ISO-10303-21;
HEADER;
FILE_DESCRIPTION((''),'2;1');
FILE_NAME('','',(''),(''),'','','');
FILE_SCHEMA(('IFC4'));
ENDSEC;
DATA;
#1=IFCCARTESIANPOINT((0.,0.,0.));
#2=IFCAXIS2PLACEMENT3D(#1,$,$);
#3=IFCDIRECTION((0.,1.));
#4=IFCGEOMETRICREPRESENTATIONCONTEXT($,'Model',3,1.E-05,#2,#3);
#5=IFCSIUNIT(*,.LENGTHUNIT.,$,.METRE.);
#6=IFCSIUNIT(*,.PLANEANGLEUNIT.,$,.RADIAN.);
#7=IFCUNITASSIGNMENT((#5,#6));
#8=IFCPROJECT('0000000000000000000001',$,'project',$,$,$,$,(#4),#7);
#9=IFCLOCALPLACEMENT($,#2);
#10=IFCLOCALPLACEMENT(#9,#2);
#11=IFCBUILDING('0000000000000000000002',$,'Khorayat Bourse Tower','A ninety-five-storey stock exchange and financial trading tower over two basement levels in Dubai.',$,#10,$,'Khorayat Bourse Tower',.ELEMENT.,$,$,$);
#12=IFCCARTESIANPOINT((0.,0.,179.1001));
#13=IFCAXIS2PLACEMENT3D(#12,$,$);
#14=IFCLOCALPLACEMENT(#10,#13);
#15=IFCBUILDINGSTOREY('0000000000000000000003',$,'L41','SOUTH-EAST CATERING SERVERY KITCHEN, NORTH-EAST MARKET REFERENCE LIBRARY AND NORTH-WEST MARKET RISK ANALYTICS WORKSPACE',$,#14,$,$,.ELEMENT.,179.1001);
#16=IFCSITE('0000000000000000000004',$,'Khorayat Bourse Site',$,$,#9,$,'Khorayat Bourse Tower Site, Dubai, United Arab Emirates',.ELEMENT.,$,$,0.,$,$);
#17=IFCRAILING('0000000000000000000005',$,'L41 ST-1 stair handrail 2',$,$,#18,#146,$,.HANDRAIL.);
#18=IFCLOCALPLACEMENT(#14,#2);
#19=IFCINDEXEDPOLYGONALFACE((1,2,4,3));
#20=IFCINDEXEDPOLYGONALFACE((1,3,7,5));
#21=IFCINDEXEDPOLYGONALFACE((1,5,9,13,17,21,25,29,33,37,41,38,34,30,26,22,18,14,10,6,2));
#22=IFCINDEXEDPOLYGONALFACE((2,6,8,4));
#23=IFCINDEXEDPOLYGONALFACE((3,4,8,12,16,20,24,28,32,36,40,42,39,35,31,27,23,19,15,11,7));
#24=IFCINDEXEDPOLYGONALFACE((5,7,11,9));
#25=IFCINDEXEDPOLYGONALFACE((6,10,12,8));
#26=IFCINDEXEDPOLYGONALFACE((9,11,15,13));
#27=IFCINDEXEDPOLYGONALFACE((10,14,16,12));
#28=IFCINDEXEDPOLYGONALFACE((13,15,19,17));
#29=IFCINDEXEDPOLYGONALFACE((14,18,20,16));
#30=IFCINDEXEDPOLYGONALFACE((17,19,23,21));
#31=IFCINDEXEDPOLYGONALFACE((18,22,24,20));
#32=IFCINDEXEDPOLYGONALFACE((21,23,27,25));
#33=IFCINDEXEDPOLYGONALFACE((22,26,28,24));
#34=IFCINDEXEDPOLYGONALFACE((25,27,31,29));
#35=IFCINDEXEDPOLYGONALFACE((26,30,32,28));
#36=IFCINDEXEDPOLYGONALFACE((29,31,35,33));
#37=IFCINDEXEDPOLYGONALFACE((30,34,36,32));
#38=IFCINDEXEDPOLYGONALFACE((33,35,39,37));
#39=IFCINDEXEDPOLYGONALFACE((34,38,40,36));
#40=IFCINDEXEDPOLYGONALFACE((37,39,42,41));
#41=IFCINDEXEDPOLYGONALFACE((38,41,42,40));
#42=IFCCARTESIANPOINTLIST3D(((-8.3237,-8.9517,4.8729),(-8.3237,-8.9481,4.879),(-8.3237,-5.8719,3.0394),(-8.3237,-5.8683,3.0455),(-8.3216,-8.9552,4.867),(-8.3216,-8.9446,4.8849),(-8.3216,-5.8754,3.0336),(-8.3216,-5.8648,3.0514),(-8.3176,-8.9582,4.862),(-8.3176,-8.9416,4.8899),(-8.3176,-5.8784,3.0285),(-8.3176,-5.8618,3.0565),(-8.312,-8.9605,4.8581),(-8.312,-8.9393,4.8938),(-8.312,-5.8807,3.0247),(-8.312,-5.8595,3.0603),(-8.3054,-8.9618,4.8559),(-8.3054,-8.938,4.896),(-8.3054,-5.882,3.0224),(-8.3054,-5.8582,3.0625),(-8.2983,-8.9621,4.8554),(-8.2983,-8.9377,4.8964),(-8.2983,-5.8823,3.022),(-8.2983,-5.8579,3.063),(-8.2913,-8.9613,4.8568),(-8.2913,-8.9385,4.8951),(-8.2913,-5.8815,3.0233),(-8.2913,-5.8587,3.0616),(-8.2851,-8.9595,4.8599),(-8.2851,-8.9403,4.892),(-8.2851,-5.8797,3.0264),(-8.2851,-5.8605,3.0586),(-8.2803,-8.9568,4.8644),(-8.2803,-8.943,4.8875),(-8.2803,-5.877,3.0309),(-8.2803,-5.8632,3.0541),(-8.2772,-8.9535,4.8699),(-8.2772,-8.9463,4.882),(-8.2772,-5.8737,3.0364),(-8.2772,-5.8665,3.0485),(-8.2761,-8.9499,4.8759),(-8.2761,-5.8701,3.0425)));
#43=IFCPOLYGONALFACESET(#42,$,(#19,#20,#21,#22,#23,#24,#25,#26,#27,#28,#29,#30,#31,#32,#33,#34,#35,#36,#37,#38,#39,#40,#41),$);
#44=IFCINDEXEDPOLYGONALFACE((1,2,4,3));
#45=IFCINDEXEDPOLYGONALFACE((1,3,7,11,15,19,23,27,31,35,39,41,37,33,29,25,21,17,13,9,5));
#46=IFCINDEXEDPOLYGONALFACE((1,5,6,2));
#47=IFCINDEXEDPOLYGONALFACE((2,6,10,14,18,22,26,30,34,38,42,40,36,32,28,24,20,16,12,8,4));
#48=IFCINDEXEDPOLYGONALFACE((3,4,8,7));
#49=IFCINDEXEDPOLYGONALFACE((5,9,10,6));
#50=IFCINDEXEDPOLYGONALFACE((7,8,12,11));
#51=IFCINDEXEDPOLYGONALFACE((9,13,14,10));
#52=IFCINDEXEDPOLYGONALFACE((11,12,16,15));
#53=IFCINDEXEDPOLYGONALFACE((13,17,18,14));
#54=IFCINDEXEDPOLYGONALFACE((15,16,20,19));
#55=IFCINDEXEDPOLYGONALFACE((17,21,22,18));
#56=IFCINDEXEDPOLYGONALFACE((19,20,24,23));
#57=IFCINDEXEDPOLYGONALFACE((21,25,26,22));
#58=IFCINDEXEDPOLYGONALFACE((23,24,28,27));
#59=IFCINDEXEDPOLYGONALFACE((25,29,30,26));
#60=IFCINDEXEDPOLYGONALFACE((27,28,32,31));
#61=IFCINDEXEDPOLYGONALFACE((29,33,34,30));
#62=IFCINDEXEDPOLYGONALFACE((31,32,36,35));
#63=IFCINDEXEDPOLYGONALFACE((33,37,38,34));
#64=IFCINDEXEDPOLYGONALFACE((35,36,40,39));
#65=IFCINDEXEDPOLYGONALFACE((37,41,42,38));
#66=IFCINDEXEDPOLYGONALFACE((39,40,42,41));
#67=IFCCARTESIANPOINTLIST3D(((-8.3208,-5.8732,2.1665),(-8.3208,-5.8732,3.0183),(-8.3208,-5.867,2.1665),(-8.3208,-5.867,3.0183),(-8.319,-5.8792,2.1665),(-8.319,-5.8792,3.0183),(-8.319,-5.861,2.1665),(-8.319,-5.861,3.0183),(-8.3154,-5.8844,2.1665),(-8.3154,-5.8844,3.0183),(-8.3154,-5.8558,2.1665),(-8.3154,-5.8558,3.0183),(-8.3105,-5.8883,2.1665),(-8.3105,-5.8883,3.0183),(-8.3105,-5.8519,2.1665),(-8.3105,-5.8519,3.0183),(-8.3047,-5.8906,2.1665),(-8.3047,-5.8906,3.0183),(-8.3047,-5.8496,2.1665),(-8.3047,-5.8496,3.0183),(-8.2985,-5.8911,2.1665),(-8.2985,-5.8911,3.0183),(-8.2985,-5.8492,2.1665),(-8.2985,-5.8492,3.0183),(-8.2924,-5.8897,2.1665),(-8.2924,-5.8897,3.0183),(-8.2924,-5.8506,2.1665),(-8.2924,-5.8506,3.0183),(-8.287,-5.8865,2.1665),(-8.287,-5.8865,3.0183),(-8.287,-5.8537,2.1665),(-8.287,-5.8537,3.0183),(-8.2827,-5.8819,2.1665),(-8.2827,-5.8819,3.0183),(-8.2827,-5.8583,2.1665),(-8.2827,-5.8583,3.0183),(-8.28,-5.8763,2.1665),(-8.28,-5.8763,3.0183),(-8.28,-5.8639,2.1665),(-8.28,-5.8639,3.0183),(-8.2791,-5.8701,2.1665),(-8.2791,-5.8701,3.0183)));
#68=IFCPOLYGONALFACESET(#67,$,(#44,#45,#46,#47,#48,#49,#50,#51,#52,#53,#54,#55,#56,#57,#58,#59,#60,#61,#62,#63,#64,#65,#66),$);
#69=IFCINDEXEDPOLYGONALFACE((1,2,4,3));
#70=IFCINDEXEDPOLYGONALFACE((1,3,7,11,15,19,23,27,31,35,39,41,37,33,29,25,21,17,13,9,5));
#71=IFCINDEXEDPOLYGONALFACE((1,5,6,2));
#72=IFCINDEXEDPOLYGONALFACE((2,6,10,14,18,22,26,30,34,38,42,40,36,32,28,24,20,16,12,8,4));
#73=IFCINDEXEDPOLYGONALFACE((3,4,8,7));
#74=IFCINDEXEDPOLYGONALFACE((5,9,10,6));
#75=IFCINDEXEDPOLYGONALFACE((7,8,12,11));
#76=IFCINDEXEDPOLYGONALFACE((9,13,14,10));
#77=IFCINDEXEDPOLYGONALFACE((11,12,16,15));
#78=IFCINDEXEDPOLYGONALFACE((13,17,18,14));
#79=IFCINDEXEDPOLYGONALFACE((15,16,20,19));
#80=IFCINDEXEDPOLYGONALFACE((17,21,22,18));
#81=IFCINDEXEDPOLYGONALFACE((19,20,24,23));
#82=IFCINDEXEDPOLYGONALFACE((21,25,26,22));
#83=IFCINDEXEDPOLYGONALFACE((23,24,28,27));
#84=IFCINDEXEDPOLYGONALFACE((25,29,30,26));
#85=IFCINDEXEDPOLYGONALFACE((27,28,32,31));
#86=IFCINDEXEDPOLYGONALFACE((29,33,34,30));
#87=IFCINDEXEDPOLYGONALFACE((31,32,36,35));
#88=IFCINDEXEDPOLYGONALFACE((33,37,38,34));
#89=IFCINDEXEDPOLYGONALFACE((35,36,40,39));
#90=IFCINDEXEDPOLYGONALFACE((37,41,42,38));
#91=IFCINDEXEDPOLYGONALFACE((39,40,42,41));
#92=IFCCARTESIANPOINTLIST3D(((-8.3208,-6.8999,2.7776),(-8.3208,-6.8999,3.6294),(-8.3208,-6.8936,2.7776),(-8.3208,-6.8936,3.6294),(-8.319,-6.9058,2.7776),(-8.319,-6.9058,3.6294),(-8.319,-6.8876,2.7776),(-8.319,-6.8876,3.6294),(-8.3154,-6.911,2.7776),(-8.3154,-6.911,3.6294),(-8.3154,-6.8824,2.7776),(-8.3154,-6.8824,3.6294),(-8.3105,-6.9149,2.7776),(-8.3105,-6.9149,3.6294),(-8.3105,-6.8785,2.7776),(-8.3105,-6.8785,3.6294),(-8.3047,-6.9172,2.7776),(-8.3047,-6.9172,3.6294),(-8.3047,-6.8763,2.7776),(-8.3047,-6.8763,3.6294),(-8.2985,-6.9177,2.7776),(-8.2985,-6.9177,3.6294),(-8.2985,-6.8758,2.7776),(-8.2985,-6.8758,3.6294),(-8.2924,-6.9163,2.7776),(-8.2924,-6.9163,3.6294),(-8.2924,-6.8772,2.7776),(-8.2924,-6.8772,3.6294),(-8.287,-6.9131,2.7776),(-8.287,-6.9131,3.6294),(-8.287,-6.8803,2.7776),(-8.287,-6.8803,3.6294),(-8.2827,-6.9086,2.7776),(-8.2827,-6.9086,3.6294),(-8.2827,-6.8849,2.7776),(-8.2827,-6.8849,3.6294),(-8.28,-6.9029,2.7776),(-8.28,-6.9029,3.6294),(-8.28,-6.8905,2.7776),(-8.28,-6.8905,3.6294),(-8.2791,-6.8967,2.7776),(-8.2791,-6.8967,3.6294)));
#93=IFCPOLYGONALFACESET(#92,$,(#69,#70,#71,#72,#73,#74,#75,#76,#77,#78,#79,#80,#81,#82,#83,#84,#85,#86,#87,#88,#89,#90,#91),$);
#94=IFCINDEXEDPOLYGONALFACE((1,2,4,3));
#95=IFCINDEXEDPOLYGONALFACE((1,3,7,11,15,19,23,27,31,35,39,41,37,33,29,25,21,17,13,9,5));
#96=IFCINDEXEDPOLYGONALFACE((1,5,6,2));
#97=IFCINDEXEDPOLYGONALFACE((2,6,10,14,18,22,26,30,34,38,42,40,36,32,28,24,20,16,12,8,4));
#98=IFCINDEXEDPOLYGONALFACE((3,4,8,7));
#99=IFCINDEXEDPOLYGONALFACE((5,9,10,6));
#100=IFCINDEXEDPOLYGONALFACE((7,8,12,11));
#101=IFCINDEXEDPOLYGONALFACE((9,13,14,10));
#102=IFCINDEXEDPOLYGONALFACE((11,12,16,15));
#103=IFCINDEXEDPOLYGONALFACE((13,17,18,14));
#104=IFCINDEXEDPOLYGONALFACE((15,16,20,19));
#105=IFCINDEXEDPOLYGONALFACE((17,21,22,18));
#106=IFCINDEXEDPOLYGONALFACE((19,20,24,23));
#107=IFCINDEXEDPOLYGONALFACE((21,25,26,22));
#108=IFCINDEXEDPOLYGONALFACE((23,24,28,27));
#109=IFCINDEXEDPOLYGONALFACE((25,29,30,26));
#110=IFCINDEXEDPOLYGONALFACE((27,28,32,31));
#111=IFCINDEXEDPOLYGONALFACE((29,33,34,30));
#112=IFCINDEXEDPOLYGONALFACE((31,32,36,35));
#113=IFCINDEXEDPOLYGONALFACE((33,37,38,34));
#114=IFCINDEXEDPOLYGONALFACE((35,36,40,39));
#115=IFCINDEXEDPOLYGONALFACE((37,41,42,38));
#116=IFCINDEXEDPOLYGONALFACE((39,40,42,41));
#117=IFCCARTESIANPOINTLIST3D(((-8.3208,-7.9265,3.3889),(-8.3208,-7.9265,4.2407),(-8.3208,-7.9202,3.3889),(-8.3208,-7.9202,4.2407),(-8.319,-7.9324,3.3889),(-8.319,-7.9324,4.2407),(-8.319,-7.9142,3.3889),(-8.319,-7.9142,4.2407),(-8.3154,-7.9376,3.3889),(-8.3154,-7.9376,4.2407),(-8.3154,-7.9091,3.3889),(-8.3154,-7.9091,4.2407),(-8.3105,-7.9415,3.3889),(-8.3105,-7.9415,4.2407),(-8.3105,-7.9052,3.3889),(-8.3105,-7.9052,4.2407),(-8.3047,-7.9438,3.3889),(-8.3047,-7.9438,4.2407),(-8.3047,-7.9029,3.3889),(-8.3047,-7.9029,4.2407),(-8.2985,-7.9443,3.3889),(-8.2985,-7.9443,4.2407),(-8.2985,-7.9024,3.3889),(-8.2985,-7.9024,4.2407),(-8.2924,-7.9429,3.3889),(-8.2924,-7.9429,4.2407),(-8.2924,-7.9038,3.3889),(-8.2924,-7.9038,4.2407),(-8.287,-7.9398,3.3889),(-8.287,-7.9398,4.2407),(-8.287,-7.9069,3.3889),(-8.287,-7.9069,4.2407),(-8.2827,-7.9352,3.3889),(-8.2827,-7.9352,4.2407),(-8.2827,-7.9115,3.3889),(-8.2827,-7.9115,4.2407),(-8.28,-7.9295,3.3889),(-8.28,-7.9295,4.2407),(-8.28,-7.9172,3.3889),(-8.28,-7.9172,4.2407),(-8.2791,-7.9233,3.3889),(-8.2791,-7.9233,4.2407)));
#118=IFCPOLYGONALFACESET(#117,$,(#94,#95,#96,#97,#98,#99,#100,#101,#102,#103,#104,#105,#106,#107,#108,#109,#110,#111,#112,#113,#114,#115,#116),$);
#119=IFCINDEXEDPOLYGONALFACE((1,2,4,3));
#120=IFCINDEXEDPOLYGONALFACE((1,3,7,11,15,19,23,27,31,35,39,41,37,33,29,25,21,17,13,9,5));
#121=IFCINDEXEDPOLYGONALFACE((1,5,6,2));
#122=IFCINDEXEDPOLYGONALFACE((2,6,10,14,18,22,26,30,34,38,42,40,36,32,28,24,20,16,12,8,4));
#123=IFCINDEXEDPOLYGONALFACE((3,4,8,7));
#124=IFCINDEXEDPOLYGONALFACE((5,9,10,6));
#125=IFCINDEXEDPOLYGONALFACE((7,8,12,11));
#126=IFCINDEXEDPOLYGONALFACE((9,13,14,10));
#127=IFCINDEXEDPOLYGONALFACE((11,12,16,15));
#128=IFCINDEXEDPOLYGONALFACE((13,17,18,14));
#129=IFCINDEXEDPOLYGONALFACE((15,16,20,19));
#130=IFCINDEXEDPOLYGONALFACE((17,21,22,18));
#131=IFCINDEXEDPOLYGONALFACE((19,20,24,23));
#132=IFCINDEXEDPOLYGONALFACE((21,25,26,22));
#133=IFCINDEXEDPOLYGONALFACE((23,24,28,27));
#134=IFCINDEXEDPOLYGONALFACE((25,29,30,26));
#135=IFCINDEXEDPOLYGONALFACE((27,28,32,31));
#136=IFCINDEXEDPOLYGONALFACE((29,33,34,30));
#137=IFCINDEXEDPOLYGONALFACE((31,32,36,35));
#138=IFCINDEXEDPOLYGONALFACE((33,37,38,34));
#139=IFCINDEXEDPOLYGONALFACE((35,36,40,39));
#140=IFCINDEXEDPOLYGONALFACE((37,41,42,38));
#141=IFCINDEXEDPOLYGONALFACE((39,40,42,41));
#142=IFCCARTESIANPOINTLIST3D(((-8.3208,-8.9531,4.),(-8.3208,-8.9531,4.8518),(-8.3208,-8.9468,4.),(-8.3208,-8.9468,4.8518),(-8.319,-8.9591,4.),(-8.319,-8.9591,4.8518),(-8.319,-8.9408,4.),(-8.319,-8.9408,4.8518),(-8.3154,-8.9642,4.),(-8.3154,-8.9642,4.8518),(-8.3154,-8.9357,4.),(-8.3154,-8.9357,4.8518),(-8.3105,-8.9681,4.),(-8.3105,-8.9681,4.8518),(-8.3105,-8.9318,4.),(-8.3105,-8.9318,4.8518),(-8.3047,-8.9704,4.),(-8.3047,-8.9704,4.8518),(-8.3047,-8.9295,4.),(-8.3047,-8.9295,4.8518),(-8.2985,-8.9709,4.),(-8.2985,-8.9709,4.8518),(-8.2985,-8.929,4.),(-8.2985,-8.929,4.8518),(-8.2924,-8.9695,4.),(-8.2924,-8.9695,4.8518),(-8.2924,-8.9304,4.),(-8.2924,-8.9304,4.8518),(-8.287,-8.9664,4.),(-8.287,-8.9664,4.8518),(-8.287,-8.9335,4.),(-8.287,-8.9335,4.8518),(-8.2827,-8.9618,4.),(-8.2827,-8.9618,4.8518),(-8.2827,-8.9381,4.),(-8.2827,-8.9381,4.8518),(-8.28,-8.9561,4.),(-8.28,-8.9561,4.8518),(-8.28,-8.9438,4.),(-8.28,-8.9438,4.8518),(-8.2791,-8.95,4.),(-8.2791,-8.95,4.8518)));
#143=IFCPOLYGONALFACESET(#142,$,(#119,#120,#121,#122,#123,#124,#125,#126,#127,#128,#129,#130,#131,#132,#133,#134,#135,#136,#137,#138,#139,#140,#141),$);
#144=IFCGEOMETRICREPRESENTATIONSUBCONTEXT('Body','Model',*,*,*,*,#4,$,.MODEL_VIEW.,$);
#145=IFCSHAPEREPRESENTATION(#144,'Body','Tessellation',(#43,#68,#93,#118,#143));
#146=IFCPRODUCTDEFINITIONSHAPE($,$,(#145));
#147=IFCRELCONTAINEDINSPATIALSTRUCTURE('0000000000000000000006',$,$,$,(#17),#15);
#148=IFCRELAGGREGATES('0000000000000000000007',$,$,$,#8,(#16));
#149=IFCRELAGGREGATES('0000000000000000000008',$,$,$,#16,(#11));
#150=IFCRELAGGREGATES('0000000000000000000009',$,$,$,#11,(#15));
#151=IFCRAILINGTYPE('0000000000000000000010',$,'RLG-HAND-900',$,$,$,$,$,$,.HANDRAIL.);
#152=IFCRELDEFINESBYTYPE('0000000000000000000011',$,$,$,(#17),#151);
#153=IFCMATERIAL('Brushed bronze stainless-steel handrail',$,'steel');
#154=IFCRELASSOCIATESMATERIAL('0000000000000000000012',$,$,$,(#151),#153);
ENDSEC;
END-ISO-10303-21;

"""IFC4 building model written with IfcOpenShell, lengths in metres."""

from ifc_helpers import new_model, si_unit, direction, frame, origin, origin_2d, place, context, subcontext, project, spatial, circle, extrude, source, transform, mapped, material, type_object, element, save


model = new_model("IFC4")

# Units and contexts
model_context = context("Model", 3, precision=1e-05, world=origin(), true_north=direction((0.0, 1.0)))
body_context = subcontext(model_context, "Body", "Model", "MODEL_VIEW")
ifc_project = project(units=[si_unit("LENGTHUNIT", "METRE"), si_unit("PLANEANGLEUNIT", "RADIAN")], contexts=[model_context])

# Site, building, storey
site_placement = place(None, origin())
site = spatial("IfcSite", under=ifc_project, at=site_placement, Name="Khorayat Bourse Site", LongName="Khorayat Bourse Tower Site, Dubai, United Arab Emirates", CompositionType="ELEMENT", RefElevation=0.0)
building_placement = place(site_placement, origin())
building = spatial("IfcBuilding", under=site, at=building_placement, Name="Khorayat Bourse Tower", Description="A ninety-five-storey stock exchange and financial trading tower over two basement levels in Dubai.", LongName="Khorayat Bourse Tower", CompositionType="ELEMENT")
storey_placement = place(building_placement, frame((0.0, 0.0, 179.1001)))
storey = spatial("IfcBuildingStorey", under=building, at=storey_placement, Name="L41", Description="SOUTH-EAST CATERING SERVERY KITCHEN, NORTH-EAST MARKET REFERENCE LIBRARY AND NORTH-WEST MARKET RISK ANALYTICS WORKSPACE", CompositionType="ELEMENT", Elevation=179.1001)

# Railing
ifc_material_1 = material(Name="Brushed bronze stainless-steel handrail", Category="steel")
railing_type_1 = type_object("IfcRailingType", Name="RLG-HAND-900", PredefinedType="HANDRAIL", material=ifc_material_1)
shared_shape_1 = source(origin(), body_context, "Body", "SweptSolid", [
    extrude(circle(Radius=0.0239, at=origin_2d()), frame((0.0, 0.0, 0.876), z_axis=(0.0, -0.859261, 0.511538), x_axis=(1.0, 0.0, 0.0)), (0.0, 0.0, 1.0), 3.5842),
    extrude(circle(Radius=0.021, at=origin_2d()), origin(), (0.0, 0.0, 1.0), 0.8518),
    extrude(circle(Radius=0.021, at=origin_2d()), frame((0.0, -1.0266, 0.6111)), (0.0, 0.0, 1.0), 0.8518),
    extrude(circle(Radius=0.021, at=origin_2d()), frame((0.0, -2.0532, 1.2224)), (0.0, 0.0, 1.0), 0.8518),
    extrude(circle(Radius=0.021, at=origin_2d()), frame((0.0, -3.0798, 1.8335)), (0.0, 0.0, 1.0), 0.8518),
])
railing_1_placement = place(storey_placement, frame((-8.3, -5.8701, 2.1665)))
element("IfcRailing", 1, at=railing_1_placement, inside=storey, type_object=railing_type_1, Name="L41 ST-1 stair handrail 2", PredefinedType="HANDRAIL", context=body_context, shape_type="MappedRepresentation", body=[
    mapped(shared_shape_1, transform((0.0, 0.0, 0.0), scale=1.0)),
])

save(model, "model.ifc")
